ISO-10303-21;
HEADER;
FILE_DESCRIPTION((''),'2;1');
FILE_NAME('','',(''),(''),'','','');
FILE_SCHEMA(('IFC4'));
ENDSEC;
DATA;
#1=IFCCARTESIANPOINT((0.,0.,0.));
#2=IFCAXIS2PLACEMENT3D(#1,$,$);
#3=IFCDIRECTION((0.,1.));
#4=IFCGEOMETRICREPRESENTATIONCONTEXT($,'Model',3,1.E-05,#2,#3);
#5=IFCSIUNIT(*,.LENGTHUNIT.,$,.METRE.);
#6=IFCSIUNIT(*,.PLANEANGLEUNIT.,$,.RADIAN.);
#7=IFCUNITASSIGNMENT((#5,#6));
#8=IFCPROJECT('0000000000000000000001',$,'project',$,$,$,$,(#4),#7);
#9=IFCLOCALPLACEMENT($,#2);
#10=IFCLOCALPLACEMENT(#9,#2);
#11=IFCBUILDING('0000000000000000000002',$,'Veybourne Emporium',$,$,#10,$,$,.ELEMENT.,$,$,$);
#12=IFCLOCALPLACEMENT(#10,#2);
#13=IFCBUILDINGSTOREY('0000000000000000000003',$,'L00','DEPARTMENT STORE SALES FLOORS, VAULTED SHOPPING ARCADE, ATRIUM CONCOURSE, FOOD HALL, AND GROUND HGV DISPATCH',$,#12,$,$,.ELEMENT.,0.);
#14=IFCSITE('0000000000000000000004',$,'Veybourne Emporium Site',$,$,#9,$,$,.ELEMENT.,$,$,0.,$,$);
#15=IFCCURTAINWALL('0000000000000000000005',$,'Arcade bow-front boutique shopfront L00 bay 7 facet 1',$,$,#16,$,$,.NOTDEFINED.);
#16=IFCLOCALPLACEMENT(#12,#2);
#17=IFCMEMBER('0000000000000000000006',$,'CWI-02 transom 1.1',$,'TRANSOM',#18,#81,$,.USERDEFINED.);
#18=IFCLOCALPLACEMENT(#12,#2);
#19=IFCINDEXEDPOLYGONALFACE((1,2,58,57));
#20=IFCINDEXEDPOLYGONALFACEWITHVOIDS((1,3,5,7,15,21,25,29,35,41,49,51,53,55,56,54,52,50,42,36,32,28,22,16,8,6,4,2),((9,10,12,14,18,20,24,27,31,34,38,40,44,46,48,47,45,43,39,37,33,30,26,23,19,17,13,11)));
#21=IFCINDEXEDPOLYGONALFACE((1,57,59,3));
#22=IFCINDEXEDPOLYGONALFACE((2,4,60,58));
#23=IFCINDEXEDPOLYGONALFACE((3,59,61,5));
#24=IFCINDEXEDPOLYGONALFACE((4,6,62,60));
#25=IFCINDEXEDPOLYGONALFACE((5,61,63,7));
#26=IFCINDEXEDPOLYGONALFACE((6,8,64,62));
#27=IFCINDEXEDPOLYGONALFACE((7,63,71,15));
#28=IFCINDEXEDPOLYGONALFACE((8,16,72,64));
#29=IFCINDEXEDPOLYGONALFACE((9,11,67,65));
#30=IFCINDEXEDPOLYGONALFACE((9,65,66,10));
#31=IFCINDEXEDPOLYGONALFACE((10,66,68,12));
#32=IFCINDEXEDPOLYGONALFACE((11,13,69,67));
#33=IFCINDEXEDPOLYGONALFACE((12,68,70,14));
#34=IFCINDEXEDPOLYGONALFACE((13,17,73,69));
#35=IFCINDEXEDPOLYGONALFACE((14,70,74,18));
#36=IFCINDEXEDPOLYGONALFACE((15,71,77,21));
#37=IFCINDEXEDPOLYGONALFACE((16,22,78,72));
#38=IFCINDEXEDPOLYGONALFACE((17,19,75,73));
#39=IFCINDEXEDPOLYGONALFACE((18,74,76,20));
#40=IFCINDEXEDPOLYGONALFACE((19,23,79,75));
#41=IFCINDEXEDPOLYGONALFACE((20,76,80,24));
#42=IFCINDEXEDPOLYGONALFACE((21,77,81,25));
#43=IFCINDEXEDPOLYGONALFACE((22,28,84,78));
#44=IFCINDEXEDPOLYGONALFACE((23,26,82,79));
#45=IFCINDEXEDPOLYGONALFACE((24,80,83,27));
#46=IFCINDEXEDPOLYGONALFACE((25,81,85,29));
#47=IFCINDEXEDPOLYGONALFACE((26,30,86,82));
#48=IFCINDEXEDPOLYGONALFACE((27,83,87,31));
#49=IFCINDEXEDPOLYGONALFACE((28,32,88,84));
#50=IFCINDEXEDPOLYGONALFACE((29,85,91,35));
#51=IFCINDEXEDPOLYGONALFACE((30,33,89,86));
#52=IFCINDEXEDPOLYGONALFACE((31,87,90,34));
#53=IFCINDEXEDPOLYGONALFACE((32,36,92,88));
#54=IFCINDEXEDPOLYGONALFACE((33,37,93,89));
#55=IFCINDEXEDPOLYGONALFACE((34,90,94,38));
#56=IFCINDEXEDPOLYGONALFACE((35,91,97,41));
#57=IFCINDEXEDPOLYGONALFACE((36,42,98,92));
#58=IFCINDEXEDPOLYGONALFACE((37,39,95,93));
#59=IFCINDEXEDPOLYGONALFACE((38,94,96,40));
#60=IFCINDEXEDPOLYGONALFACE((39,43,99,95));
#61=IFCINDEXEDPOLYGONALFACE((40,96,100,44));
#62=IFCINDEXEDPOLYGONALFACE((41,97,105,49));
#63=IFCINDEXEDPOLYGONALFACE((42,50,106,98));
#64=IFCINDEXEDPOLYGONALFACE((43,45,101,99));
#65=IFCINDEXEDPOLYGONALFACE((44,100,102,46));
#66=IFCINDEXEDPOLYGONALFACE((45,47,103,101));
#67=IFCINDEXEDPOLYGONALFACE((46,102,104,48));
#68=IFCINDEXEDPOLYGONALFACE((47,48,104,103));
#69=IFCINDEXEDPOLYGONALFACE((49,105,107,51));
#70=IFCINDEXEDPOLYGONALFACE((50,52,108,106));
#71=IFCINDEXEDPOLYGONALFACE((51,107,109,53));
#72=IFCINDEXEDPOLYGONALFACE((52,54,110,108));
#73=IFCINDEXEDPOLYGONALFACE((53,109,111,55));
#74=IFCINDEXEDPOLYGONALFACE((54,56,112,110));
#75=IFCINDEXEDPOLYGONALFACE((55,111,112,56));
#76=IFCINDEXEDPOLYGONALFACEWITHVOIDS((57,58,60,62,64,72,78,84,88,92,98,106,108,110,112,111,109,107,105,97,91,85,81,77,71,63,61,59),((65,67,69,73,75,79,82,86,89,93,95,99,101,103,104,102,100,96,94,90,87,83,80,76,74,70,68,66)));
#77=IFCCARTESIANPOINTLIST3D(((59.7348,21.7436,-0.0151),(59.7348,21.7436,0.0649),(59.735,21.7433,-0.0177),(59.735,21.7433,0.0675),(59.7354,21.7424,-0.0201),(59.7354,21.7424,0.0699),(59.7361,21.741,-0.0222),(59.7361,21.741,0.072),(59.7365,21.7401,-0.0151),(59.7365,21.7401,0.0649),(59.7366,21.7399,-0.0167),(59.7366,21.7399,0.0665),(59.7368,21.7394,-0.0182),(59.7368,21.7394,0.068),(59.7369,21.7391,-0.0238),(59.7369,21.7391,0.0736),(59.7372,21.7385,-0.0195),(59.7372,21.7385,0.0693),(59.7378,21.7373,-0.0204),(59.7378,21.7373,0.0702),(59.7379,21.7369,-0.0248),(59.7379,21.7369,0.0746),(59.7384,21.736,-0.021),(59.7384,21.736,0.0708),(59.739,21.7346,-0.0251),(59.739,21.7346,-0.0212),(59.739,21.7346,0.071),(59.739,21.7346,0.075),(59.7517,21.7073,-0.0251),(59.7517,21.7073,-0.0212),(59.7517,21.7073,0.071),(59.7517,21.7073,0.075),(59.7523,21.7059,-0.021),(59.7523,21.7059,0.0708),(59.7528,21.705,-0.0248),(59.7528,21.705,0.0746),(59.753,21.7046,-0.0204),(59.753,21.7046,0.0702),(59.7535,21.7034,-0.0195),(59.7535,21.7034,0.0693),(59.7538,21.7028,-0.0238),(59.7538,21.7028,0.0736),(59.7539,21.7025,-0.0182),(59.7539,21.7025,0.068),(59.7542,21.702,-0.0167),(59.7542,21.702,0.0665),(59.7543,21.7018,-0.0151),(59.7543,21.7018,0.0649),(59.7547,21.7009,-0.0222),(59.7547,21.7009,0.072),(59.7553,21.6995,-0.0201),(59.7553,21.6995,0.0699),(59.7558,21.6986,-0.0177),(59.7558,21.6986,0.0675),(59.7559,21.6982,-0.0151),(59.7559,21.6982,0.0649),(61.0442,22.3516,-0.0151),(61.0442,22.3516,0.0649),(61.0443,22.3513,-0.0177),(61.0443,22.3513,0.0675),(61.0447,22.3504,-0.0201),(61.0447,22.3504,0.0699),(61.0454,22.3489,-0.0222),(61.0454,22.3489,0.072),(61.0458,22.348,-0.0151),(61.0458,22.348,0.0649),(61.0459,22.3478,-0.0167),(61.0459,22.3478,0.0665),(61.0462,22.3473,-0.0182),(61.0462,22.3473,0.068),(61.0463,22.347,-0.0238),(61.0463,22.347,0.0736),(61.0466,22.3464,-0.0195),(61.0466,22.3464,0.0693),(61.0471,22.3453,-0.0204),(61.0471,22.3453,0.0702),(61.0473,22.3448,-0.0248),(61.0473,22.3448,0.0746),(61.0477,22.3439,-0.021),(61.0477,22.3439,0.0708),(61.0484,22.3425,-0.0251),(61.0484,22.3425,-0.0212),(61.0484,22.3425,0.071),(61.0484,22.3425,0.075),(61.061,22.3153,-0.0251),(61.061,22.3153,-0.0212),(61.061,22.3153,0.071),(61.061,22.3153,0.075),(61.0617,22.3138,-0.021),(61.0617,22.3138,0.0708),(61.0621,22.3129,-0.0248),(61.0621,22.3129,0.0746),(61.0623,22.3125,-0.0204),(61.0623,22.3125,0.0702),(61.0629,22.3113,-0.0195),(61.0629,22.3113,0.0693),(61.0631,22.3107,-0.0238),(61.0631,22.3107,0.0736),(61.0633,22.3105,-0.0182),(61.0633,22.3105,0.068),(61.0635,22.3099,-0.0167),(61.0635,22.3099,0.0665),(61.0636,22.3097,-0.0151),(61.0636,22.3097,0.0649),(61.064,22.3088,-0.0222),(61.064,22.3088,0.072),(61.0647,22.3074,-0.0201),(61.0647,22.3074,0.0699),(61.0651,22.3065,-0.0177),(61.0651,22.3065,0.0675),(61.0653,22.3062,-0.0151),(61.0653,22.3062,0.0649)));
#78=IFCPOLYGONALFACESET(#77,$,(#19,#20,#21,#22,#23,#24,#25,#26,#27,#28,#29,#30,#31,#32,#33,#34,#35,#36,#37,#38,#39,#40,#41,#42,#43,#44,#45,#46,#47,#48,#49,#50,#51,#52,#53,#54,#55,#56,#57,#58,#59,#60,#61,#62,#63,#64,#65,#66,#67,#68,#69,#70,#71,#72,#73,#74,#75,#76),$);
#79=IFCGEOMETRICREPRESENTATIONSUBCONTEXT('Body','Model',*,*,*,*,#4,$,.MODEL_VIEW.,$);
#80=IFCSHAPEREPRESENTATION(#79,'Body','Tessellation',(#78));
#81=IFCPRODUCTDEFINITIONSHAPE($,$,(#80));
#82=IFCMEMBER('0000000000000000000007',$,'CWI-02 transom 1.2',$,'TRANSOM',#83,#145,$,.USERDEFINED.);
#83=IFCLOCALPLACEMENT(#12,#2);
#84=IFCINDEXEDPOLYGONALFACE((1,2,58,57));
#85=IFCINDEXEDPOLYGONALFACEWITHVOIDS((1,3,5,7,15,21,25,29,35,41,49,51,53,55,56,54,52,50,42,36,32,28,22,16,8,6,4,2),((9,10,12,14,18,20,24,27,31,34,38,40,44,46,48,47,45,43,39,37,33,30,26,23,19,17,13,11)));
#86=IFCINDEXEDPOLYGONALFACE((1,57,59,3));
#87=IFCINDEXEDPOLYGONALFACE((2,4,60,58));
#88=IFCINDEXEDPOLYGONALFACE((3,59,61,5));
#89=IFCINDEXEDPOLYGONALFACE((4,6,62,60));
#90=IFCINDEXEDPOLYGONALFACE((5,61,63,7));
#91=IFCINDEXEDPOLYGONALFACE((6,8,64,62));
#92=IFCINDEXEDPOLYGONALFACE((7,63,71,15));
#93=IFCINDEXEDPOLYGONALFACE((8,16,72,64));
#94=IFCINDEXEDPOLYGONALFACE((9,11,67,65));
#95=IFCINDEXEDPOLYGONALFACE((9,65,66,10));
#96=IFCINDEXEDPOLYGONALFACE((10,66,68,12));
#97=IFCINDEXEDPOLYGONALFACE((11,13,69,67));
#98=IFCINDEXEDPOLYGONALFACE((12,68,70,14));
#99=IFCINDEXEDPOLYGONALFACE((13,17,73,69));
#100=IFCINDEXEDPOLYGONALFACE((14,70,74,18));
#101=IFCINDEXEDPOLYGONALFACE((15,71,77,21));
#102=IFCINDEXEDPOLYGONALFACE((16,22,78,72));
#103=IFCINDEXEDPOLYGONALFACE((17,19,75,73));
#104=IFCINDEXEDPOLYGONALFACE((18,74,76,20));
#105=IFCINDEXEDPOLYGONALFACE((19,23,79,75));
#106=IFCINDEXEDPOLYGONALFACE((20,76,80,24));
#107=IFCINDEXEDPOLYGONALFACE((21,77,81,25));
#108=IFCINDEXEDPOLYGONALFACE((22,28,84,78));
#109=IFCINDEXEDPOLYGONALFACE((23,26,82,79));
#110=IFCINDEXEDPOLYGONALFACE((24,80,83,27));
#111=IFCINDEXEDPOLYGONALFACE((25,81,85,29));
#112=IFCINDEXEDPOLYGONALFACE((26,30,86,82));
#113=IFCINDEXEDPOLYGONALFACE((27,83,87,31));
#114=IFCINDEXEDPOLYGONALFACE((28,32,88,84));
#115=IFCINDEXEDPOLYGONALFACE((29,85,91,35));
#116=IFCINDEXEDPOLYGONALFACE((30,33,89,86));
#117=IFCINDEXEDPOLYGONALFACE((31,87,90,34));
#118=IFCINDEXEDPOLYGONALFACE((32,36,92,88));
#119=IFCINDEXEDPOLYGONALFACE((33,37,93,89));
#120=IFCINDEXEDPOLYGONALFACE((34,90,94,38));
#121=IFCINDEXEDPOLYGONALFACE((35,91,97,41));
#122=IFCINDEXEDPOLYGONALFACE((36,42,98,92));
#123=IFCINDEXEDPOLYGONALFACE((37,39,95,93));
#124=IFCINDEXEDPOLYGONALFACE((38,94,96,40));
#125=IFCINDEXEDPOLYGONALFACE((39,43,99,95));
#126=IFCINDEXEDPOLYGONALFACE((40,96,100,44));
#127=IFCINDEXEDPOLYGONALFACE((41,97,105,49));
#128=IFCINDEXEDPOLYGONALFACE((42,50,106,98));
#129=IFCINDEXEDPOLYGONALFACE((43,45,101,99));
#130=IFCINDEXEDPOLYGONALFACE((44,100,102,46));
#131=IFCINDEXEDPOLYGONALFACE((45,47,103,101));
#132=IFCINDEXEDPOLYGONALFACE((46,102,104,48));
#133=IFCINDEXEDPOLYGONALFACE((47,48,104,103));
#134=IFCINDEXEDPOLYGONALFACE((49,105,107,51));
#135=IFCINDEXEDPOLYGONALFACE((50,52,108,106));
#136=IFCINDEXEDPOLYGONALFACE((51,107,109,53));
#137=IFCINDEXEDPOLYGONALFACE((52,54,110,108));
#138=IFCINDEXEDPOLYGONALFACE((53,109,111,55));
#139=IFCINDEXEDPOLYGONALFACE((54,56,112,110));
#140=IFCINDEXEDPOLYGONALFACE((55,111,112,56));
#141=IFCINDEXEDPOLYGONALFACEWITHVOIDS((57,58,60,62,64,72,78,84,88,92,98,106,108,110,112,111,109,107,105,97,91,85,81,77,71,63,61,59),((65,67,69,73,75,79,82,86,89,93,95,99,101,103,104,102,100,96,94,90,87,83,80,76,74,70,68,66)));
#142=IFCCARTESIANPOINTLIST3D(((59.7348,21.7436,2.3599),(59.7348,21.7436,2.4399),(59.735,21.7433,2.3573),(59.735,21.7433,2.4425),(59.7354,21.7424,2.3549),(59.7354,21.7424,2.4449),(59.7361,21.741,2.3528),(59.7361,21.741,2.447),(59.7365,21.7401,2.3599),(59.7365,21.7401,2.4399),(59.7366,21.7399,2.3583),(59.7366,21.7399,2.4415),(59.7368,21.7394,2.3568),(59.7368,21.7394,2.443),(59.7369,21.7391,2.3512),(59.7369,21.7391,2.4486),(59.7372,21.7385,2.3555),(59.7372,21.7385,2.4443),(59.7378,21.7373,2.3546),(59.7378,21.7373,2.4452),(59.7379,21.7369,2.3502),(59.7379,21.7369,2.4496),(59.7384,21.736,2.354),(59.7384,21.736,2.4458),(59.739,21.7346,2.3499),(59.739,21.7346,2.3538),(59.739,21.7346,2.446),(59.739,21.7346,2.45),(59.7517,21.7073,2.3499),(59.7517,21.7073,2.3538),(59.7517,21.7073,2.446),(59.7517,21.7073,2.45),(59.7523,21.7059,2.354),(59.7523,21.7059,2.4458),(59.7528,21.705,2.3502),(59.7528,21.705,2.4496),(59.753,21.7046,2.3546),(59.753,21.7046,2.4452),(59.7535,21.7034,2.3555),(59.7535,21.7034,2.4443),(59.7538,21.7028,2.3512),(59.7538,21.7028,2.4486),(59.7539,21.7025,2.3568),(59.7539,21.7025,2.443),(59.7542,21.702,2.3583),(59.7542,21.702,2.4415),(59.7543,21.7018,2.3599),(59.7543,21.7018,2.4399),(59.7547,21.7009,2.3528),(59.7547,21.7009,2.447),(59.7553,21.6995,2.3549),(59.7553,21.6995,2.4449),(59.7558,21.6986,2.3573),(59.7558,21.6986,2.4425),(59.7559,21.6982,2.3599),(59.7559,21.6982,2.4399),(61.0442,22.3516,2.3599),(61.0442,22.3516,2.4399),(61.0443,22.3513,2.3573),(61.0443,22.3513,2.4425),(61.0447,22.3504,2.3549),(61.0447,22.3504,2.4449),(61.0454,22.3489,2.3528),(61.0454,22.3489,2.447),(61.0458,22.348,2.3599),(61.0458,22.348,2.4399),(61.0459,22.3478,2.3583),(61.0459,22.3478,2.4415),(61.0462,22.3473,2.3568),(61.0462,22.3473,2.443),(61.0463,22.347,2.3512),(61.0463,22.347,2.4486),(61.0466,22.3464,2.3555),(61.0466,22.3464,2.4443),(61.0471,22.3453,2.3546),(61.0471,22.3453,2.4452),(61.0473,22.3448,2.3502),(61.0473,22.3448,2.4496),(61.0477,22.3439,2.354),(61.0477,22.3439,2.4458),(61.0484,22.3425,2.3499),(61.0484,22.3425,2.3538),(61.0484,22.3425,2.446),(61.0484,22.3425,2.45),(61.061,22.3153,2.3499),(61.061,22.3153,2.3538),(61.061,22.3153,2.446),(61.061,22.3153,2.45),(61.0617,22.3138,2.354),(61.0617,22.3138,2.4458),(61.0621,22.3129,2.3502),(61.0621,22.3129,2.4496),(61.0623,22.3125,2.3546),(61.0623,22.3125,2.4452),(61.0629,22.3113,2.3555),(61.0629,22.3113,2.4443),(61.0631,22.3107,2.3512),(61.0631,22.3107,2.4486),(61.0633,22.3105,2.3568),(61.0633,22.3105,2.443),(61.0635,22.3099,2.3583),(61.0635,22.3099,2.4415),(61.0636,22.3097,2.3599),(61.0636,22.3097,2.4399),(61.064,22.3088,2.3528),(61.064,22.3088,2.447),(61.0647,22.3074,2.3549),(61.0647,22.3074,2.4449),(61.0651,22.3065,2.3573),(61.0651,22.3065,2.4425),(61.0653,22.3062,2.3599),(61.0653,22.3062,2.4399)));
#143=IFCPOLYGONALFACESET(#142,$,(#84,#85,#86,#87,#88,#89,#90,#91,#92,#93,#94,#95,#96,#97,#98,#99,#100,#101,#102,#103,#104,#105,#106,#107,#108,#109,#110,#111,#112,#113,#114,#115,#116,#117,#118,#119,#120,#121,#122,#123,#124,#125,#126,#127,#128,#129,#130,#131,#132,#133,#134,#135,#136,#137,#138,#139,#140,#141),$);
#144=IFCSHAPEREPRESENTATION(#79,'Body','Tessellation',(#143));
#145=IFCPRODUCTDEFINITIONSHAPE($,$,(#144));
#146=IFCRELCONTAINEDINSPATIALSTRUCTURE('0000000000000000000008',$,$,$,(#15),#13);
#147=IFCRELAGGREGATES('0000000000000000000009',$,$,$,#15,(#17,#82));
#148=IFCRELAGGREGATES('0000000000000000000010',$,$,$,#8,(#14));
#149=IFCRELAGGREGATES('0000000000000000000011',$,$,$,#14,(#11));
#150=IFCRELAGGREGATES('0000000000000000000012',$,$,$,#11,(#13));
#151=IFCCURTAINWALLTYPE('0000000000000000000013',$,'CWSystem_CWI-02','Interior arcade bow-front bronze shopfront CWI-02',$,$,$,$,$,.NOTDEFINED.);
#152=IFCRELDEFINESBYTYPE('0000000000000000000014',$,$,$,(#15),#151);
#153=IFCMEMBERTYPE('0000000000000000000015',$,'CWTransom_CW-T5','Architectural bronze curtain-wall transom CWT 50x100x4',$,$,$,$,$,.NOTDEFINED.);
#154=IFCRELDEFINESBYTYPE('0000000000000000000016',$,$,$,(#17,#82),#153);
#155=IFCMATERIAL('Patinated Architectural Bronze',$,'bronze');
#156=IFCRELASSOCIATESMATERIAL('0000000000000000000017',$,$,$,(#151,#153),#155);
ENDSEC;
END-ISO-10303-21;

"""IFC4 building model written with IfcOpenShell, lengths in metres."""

from ifc_helpers import new_model, si_unit, direction, frame, origin, origin_2d, place, context, subcontext, project, spatial, hollow_rectangle, extrude, material, material_profile, profile_set, type_object, element, aggregate, save


model = new_model("IFC4")

# Units and contexts
model_context = context("Model", 3, precision=1e-05, world=origin(), true_north=direction((0.0, 1.0)))
body_context = subcontext(model_context, "Body", "Model", "MODEL_VIEW")
ifc_project = project(units=[si_unit("LENGTHUNIT", "METRE"), si_unit("PLANEANGLEUNIT", "RADIAN")], contexts=[model_context])

# Site, building, storey
site_placement = place(None, origin())
site = spatial("IfcSite", under=ifc_project, at=site_placement, Name="Veybourne Emporium Site", CompositionType="ELEMENT", RefElevation=0.0)
building_placement = place(site_placement, origin())
building = spatial("IfcBuilding", under=site, at=building_placement, Name="Veybourne Emporium", CompositionType="ELEMENT")
storey_placement = place(building_placement, origin())
storey = spatial("IfcBuildingStorey", under=building, at=storey_placement, Name="L00", Description="DEPARTMENT STORE SALES FLOORS, VAULTED SHOPPING ARCADE, ATRIUM CONCOURSE, FOOD HALL, AND GROUND HGV DISPATCH", CompositionType="ELEMENT", Elevation=0.0)

# Curtain wall
ifc_material_1 = material(Name="Patinated Architectural Bronze", Category="bronze")
curtain_wall_type_1 = type_object("IfcCurtainWallType", Name="CWSystem_CWI-02", Description="Interior arcade bow-front bronze shopfront CWI-02", PredefinedType="NOTDEFINED", material=ifc_material_1)
curtain_wall_1_placement = place(storey_placement, origin())
curtain_wall_1 = element("IfcCurtainWall", 1, at=curtain_wall_1_placement, inside=storey, type_object=curtain_wall_type_1, Name="Arcade bow-front boutique shopfront L00 bay 7 facet 1", PredefinedType="NOTDEFINED")

# Members
ifc_material_profile_1 = material_profile(ifc_material_1, hollow_rectangle(XDim=0.05, YDim=0.1001, WallThickness=0.0039, InnerFilletRadius=0.0061, OuterFilletRadius=0.01, at=origin_2d()), Name="CWT 50x100x4")
ifc_profile_set_1 = profile_set([ifc_material_profile_1], Name="Patinated Architectural Bronze")
member_type_1 = type_object("IfcMemberType", Name="CWTransom_CW-T5", Description="Architectural bronze curtain-wall transom CWT 50x100x4", PredefinedType="NOTDEFINED", material=ifc_profile_set_1)
member_1_placement = place(storey_placement, frame((59.7454, 21.7209, 0.0249), z_axis=(0.907007, 0.421116, 0.0), x_axis=(-0.421116, 0.907007, 0.0)))
member_1 = element("IfcMember", 2, at=member_1_placement, type_object=member_type_1, Name="CWI-02 transom 1.1", ObjectType="TRANSOM", PredefinedType="USERDEFINED", context=body_context, shape_type="SweptSolid", body=[
    extrude(hollow_rectangle(XDim=0.05, YDim=0.1001, WallThickness=0.0039, InnerFilletRadius=0.0061, OuterFilletRadius=0.01, at=origin_2d()), origin(), (0.0, 0.0, 1.0), 1.4436),
])
member_2_placement = place(storey_placement, frame((59.7454, 21.7209, 2.3999), z_axis=(0.907007, 0.421116, 0.0), x_axis=(-0.421116, 0.907007, 0.0)))
member_2 = element("IfcMember", 3, at=member_2_placement, type_object=member_type_1, Name="CWI-02 transom 1.2", ObjectType="TRANSOM", PredefinedType="USERDEFINED", context=body_context, shape_type="SweptSolid", body=[
    extrude(hollow_rectangle(XDim=0.05, YDim=0.1001, WallThickness=0.0039, InnerFilletRadius=0.0061, OuterFilletRadius=0.01, at=origin_2d()), origin(), (0.0, 0.0, 1.0), 1.4436),
])
aggregate(curtain_wall_1, [member_1, member_2])

save(model, "model.ifc")
